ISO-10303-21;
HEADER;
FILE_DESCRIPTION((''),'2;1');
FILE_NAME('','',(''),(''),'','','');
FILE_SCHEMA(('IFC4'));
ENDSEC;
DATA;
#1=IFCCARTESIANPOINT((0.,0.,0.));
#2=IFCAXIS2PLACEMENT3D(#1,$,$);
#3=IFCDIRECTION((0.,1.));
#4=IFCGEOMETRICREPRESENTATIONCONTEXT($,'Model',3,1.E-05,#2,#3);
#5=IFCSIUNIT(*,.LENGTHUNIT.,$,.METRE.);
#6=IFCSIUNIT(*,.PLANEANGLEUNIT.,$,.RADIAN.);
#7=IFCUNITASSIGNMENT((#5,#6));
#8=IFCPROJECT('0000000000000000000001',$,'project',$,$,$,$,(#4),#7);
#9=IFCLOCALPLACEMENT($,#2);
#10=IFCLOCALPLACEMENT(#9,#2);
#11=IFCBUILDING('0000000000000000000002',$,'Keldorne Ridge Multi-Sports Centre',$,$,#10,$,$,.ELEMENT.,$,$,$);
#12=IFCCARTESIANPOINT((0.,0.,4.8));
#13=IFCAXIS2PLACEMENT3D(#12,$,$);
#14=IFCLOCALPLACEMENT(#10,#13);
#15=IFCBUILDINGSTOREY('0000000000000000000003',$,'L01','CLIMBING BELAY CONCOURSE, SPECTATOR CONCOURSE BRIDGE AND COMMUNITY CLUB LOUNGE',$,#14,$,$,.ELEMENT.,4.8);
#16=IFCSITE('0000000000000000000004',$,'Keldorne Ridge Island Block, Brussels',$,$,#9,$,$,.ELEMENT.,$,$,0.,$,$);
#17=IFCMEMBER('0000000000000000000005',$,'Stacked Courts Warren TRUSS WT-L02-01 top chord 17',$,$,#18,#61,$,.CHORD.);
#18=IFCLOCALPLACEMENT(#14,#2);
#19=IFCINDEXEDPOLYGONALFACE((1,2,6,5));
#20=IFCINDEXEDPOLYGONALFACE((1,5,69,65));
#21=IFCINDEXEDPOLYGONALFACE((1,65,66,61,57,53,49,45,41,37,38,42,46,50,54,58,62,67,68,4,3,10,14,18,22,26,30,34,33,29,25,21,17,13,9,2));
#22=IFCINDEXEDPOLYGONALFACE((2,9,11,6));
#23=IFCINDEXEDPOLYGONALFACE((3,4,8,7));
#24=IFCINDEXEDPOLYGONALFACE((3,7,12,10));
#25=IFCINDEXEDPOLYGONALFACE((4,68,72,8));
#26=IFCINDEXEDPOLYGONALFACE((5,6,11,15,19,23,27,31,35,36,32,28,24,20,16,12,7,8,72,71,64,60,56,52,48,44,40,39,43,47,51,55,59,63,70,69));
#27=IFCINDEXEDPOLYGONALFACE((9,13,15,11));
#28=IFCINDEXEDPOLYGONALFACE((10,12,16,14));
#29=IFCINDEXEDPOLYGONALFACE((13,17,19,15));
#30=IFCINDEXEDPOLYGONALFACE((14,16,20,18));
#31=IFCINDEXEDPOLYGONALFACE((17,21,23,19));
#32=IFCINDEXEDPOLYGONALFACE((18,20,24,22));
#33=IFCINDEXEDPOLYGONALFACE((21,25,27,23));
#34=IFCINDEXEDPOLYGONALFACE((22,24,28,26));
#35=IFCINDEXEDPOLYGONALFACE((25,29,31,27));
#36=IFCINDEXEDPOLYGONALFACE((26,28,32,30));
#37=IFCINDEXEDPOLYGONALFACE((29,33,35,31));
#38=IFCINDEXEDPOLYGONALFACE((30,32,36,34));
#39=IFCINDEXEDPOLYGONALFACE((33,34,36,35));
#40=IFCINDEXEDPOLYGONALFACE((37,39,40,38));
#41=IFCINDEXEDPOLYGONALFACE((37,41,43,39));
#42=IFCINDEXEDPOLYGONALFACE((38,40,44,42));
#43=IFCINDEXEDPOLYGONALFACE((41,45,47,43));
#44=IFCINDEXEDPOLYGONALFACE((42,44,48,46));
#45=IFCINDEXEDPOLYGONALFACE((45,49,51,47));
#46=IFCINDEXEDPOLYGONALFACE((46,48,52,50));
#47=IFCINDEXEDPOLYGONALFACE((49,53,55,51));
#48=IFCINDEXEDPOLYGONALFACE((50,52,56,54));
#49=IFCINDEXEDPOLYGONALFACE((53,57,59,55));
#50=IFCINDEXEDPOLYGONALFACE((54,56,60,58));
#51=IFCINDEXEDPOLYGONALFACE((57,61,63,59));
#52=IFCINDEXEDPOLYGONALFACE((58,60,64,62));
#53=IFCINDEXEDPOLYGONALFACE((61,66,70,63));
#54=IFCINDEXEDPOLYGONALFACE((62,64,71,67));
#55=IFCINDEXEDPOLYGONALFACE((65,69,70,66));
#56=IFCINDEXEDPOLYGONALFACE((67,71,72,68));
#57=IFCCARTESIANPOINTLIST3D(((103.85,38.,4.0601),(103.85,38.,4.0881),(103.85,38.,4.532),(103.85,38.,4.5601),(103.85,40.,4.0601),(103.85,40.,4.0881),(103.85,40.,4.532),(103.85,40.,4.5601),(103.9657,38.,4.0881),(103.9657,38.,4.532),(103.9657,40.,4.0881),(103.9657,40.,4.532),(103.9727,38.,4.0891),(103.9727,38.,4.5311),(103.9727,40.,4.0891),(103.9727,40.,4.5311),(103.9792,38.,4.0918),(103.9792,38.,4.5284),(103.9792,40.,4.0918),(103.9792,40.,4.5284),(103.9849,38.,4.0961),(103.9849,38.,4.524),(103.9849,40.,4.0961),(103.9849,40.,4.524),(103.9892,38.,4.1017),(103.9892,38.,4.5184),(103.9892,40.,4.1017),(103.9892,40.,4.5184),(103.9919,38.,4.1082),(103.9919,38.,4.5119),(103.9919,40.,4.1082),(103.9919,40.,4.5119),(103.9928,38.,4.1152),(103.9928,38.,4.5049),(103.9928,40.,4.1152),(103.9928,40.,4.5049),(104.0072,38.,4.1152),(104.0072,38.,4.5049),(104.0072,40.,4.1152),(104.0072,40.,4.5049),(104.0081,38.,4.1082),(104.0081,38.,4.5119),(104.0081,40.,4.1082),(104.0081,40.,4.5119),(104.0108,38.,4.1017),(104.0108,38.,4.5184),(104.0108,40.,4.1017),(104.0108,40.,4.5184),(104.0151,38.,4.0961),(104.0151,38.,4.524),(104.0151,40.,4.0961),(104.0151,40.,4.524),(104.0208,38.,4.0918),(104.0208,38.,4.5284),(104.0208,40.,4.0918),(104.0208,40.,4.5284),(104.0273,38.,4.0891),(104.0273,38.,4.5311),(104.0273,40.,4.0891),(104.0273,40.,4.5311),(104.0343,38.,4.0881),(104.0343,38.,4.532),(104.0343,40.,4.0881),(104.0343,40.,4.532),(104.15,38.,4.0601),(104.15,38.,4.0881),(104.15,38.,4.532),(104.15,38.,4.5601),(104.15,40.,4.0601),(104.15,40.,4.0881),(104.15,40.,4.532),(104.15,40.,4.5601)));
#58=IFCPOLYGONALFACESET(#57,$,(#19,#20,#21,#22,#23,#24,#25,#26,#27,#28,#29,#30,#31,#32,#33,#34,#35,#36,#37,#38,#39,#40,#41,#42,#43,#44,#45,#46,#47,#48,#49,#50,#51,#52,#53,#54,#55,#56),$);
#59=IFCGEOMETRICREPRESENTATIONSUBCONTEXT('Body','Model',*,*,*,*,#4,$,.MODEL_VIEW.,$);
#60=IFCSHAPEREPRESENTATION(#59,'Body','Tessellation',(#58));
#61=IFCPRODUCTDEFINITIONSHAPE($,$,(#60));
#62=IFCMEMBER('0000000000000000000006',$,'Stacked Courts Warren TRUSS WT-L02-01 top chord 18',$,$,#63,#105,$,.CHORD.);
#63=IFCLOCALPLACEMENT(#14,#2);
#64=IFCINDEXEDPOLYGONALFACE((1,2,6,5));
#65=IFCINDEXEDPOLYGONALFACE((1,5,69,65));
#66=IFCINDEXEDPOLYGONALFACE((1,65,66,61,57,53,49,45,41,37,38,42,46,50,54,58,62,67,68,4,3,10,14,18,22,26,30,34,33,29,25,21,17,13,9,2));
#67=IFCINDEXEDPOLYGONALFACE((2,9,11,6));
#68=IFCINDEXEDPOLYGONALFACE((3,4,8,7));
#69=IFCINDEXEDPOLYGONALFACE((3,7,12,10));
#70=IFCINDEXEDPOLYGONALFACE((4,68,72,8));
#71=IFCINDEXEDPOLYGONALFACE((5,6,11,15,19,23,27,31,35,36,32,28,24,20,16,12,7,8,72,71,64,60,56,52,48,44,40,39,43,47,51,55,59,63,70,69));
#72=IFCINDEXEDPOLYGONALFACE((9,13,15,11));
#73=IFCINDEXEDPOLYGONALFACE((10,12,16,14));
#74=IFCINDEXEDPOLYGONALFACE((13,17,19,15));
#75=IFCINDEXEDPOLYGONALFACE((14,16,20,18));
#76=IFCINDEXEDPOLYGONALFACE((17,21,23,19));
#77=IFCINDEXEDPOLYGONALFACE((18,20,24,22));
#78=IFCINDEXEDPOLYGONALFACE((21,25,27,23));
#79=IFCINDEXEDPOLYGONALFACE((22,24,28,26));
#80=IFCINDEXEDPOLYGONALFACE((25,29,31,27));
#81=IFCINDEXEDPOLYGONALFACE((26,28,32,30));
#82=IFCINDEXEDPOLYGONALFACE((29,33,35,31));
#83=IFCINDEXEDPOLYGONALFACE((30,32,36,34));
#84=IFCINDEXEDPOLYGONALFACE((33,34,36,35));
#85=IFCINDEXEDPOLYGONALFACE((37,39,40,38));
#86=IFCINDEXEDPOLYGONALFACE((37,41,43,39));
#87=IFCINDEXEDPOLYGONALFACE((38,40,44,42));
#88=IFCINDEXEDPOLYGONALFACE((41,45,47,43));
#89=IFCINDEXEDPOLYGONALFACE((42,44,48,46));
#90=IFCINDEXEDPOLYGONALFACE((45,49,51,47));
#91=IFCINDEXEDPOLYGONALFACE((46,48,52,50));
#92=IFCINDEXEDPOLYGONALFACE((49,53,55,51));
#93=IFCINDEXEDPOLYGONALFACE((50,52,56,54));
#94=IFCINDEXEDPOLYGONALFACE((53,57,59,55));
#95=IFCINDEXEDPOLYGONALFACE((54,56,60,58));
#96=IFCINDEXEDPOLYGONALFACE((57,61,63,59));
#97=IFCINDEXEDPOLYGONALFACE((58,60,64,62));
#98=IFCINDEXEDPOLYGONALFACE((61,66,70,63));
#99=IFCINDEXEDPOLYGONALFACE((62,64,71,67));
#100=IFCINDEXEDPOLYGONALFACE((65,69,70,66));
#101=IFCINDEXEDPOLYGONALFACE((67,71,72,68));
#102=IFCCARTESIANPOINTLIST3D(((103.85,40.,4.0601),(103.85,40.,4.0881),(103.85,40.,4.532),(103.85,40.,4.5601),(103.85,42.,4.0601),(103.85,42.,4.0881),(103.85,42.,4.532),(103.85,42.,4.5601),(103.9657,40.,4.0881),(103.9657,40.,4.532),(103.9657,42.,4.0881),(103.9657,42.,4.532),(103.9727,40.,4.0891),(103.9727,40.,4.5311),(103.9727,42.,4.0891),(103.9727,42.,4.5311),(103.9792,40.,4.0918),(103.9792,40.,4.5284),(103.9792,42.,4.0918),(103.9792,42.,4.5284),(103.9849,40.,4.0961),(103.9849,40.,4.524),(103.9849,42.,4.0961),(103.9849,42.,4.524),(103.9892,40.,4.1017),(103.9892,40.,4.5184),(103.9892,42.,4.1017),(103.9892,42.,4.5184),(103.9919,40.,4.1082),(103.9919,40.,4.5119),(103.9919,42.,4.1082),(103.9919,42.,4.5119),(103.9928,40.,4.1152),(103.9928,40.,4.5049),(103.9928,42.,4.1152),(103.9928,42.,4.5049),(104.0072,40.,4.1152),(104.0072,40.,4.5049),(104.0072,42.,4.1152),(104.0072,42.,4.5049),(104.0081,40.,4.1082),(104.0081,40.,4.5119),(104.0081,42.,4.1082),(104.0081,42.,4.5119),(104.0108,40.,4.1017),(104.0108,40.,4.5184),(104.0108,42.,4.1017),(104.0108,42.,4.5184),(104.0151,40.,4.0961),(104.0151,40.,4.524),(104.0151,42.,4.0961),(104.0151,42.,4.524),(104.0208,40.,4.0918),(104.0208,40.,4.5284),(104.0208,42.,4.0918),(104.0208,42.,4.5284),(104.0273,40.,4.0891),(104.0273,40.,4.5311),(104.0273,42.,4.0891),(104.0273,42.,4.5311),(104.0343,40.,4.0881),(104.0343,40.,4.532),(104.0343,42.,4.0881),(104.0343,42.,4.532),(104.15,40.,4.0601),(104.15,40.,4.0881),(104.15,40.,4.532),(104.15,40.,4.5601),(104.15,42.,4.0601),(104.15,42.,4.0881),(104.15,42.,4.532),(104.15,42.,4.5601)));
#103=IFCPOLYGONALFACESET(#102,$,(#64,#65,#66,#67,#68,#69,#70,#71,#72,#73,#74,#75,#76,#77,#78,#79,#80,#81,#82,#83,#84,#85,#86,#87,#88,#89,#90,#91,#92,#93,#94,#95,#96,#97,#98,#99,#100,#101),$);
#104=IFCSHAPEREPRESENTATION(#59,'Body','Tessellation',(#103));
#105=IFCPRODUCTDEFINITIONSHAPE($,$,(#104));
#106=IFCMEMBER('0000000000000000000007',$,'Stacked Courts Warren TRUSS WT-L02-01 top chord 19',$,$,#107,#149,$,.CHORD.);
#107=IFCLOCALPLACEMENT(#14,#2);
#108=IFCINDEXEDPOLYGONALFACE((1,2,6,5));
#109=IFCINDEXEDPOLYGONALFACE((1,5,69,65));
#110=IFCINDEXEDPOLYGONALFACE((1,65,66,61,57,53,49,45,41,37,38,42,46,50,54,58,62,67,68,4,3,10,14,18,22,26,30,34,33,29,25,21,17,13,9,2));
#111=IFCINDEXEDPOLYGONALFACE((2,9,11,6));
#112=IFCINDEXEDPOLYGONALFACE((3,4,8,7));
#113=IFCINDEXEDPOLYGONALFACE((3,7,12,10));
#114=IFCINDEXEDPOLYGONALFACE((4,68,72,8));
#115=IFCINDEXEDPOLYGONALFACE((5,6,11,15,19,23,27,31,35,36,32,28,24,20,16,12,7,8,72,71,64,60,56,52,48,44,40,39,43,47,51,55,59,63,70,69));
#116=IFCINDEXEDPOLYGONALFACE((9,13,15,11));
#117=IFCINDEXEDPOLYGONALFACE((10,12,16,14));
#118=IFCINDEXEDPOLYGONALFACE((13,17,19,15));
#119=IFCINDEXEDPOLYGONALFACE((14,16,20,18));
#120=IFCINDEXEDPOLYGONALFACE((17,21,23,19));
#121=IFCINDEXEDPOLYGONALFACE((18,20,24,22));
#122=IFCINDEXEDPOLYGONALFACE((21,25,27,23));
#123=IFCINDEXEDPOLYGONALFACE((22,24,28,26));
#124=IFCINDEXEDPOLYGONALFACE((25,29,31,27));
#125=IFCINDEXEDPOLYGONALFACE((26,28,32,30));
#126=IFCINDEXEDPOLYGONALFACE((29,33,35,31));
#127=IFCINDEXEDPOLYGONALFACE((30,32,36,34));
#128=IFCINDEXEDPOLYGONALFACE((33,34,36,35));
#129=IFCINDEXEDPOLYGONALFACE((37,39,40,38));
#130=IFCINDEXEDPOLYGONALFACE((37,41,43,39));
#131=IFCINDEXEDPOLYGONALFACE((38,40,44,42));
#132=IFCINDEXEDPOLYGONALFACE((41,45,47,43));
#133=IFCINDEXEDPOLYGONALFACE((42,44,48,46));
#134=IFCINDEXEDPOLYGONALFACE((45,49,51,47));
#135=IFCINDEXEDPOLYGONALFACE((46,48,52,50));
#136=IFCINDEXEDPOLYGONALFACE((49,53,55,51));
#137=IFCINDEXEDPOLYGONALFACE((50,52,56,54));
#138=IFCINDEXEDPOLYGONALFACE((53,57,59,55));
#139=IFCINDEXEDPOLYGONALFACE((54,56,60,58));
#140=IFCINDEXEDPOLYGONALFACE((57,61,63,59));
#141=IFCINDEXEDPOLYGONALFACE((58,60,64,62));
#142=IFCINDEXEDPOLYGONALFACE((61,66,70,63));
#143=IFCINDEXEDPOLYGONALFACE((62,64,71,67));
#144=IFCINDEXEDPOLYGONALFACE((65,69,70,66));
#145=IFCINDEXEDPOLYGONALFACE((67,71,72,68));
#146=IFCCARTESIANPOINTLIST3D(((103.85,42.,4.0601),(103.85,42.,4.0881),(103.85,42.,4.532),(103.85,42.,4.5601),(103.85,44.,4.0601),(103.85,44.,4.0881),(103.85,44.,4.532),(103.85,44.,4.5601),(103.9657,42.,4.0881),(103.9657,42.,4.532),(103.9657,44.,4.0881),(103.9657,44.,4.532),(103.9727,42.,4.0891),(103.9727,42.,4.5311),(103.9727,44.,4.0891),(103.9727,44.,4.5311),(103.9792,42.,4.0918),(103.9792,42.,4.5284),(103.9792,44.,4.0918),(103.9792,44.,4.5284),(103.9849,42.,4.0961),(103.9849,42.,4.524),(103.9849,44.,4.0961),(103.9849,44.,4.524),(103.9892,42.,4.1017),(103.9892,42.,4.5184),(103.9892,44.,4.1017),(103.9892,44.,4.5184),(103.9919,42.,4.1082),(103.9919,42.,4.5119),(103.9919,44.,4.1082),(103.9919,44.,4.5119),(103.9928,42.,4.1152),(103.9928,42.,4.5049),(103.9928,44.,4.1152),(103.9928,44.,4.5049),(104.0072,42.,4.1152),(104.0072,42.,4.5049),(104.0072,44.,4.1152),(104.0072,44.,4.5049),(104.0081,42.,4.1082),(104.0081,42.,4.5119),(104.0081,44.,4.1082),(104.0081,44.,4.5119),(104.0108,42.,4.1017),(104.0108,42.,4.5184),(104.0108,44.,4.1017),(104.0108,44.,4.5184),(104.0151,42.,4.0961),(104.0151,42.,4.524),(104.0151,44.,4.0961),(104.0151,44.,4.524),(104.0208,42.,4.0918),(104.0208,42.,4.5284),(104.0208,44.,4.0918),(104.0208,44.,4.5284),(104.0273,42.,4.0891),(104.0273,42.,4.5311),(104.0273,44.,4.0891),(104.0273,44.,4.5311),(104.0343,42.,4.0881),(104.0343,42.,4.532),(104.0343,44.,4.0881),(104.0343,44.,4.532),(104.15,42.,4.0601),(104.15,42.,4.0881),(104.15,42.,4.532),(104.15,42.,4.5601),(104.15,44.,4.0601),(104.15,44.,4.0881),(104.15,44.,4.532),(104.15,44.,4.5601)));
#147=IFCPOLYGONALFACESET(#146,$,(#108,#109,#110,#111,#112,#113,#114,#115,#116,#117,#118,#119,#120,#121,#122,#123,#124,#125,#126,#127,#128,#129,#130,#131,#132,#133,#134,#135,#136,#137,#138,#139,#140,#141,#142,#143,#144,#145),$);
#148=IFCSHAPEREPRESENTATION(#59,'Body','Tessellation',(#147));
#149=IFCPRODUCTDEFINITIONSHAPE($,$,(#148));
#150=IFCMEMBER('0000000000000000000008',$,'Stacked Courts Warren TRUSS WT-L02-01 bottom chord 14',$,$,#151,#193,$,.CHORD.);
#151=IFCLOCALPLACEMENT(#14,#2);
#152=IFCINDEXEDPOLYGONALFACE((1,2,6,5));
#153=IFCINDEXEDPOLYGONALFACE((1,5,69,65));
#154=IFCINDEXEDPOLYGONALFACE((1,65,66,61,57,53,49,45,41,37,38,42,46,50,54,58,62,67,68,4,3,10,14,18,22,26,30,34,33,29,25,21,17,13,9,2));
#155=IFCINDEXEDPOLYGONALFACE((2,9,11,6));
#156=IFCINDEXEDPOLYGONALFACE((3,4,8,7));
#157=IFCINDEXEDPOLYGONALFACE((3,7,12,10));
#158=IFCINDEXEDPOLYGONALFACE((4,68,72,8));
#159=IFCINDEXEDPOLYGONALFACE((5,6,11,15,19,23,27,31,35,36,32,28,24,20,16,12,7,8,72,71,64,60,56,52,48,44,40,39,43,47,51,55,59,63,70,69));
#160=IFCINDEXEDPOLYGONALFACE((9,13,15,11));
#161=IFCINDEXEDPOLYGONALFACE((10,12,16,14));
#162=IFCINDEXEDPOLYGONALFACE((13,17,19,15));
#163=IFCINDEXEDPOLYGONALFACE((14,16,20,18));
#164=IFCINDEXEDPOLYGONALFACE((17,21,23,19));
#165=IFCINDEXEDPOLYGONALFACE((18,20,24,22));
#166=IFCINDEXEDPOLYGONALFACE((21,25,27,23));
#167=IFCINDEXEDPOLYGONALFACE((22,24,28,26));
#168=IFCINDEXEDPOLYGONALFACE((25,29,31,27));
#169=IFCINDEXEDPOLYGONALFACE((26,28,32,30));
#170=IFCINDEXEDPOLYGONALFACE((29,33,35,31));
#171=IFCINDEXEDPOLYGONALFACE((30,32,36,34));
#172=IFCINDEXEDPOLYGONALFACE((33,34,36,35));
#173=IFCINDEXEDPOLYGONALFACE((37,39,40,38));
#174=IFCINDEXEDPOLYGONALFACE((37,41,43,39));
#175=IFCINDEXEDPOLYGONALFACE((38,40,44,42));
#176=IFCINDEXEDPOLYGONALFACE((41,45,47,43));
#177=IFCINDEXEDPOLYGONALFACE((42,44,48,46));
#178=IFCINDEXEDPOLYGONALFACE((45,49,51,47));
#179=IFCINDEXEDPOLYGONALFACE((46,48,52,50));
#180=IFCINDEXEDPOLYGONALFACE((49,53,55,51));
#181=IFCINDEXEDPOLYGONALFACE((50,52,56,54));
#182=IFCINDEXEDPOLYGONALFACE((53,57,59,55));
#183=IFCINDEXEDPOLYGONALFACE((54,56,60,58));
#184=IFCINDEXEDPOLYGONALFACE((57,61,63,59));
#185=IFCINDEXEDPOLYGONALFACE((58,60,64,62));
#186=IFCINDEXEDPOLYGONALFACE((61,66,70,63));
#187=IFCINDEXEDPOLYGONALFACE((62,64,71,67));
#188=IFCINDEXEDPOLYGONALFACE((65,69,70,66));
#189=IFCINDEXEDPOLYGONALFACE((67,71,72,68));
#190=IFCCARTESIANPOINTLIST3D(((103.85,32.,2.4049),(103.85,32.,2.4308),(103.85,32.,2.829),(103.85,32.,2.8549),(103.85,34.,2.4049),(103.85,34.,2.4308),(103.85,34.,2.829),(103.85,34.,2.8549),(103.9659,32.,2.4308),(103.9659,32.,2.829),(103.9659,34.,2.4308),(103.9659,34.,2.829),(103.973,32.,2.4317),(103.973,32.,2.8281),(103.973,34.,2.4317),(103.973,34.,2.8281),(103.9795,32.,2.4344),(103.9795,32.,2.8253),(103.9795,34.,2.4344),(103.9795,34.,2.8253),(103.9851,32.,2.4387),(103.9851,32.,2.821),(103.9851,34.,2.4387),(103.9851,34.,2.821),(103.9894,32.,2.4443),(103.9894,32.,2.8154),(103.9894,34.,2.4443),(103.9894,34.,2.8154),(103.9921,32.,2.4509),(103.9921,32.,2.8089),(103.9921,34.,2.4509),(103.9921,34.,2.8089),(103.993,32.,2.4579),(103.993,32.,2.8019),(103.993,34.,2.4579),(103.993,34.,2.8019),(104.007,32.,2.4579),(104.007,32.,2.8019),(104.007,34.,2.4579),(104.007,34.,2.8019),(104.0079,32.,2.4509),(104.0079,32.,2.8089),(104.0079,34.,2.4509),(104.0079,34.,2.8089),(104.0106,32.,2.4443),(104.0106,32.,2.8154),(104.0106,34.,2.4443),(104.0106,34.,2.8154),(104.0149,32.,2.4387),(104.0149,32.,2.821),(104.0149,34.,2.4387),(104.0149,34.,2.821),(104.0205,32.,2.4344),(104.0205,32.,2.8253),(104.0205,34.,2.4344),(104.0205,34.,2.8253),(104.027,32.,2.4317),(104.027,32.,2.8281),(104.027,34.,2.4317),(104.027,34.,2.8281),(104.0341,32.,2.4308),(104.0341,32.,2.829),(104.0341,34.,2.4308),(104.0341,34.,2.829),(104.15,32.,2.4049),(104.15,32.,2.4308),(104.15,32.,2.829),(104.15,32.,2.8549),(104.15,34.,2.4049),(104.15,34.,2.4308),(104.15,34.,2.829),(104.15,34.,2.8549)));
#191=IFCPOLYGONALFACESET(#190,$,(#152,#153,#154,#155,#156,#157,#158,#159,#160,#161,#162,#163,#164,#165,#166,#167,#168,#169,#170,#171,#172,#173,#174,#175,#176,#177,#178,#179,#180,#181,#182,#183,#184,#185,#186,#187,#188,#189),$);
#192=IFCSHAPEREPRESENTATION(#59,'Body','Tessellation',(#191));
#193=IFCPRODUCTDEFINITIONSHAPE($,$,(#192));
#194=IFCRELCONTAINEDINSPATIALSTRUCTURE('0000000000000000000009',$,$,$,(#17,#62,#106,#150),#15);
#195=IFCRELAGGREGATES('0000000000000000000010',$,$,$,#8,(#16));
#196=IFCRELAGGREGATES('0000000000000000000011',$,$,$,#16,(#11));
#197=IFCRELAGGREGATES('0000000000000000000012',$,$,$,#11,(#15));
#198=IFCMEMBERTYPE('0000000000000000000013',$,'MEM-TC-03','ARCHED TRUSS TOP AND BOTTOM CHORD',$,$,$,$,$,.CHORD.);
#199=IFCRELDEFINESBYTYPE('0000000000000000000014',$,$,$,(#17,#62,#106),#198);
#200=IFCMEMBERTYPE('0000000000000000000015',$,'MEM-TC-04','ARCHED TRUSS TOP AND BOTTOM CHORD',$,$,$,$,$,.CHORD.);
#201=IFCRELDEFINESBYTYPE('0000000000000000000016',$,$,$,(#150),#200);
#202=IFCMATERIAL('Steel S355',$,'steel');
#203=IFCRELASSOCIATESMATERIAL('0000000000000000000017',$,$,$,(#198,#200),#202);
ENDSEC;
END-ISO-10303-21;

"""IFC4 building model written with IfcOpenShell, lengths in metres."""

from ifc_helpers import new_model, si_unit, direction, frame, origin, origin_2d, place, context, subcontext, project, spatial, i_section, extrude, material, material_profile, profile_set, type_object, element, save


model = new_model("IFC4")

# Units and contexts
model_context = context("Model", 3, precision=1e-05, world=origin(), true_north=direction((0.0, 1.0)))
body_context = subcontext(model_context, "Body", "Model", "MODEL_VIEW")
ifc_project = project(units=[si_unit("LENGTHUNIT", "METRE"), si_unit("PLANEANGLEUNIT", "RADIAN")], contexts=[model_context])

# Site, building, storey
site_placement = place(None, origin())
site = spatial("IfcSite", under=ifc_project, at=site_placement, Name="Keldorne Ridge Island Block, Brussels", CompositionType="ELEMENT", RefElevation=0.0)
building_placement = place(site_placement, origin())
building = spatial("IfcBuilding", under=site, at=building_placement, Name="Keldorne Ridge Multi-Sports Centre", CompositionType="ELEMENT")
storey_placement = place(building_placement, frame((0.0, 0.0, 4.8)))
storey = spatial("IfcBuildingStorey", under=building, at=storey_placement, Name="L01", Description="CLIMBING BELAY CONCOURSE, SPECTATOR CONCOURSE BRIDGE AND COMMUNITY CLUB LOUNGE", CompositionType="ELEMENT", Elevation=4.8)

# Shared definitions
ifc_material = material(Name="Steel S355", Category="steel")

# Members
ifc_material_profile_1 = material_profile(ifc_material, i_section(OverallWidth=0.3, OverallDepth=0.5, WebThickness=0.0144, FlangeThickness=0.0281, FilletRadius=0.0271, at=origin_2d()), Name="HEB 500")
ifc_profile_set_1 = profile_set([ifc_material_profile_1], Name="Steel S355")
member_type_1 = type_object("IfcMemberType", Name="MEM-TC-03", Description="ARCHED TRUSS TOP AND BOTTOM CHORD", PredefinedType="CHORD", material=ifc_profile_set_1)
for number, where, z_axis, x_axis, name in (
    (1, (104.0, 38.0, 4.3101), (0.0, 1.0, 0.0), (-1.0, 0.0, 0.0), "Stacked Courts Warren TRUSS WT-L02-01 top chord 17"),
    (2, (104.0, 40.0, 4.3101), (0.0, 1.0, 0.0), (-1.0, 0.0, 0.0), "Stacked Courts Warren TRUSS WT-L02-01 top chord 18"),
    (3, (104.0, 42.0, 4.3101), (0.0, 1.0, 0.0), (-1.0, 0.0, 0.0), "Stacked Courts Warren TRUSS WT-L02-01 top chord 19"),
):
    element("IfcMember", number, at=place(storey_placement, frame(where, z_axis=z_axis, x_axis=x_axis)), inside=storey, type_object=member_type_1, Name=name, PredefinedType="CHORD", context=body_context, shape_type="SweptSolid", body=[
        extrude(i_section(OverallWidth=0.3, OverallDepth=0.5, WebThickness=0.0144, FlangeThickness=0.0281, FilletRadius=0.0271, at=origin_2d()), origin(), (0.0, 0.0, 1.0), 2.0),
    ])
ifc_material_profile_2 = material_profile(ifc_material, i_section(OverallWidth=0.3, OverallDepth=0.45, WebThickness=0.0139, FlangeThickness=0.0259, FilletRadius=0.0271, at=origin_2d()), Name="HEB 450")
ifc_profile_set_2 = profile_set([ifc_material_profile_2], Name="Steel S355")
member_type_2 = type_object("IfcMemberType", Name="MEM-TC-04", Description="ARCHED TRUSS TOP AND BOTTOM CHORD", PredefinedType="CHORD", material=ifc_profile_set_2)
for number, where, z_axis, x_axis, name in (
    (4, (104.0, 32.0, 2.6299), (0.0, 1.0, 0.0), (-1.0, 0.0, 0.0), "Stacked Courts Warren TRUSS WT-L02-01 bottom chord 14"),
):
    element("IfcMember", number, at=place(storey_placement, frame(where, z_axis=z_axis, x_axis=x_axis)), inside=storey, type_object=member_type_2, Name=name, PredefinedType="CHORD", context=body_context, shape_type="SweptSolid", body=[
        extrude(i_section(OverallWidth=0.3, OverallDepth=0.45, WebThickness=0.0139, FlangeThickness=0.0259, FilletRadius=0.0271, at=origin_2d()), origin(), (0.0, 0.0, 1.0), 2.0),
    ])

save(model, "model.ifc")
